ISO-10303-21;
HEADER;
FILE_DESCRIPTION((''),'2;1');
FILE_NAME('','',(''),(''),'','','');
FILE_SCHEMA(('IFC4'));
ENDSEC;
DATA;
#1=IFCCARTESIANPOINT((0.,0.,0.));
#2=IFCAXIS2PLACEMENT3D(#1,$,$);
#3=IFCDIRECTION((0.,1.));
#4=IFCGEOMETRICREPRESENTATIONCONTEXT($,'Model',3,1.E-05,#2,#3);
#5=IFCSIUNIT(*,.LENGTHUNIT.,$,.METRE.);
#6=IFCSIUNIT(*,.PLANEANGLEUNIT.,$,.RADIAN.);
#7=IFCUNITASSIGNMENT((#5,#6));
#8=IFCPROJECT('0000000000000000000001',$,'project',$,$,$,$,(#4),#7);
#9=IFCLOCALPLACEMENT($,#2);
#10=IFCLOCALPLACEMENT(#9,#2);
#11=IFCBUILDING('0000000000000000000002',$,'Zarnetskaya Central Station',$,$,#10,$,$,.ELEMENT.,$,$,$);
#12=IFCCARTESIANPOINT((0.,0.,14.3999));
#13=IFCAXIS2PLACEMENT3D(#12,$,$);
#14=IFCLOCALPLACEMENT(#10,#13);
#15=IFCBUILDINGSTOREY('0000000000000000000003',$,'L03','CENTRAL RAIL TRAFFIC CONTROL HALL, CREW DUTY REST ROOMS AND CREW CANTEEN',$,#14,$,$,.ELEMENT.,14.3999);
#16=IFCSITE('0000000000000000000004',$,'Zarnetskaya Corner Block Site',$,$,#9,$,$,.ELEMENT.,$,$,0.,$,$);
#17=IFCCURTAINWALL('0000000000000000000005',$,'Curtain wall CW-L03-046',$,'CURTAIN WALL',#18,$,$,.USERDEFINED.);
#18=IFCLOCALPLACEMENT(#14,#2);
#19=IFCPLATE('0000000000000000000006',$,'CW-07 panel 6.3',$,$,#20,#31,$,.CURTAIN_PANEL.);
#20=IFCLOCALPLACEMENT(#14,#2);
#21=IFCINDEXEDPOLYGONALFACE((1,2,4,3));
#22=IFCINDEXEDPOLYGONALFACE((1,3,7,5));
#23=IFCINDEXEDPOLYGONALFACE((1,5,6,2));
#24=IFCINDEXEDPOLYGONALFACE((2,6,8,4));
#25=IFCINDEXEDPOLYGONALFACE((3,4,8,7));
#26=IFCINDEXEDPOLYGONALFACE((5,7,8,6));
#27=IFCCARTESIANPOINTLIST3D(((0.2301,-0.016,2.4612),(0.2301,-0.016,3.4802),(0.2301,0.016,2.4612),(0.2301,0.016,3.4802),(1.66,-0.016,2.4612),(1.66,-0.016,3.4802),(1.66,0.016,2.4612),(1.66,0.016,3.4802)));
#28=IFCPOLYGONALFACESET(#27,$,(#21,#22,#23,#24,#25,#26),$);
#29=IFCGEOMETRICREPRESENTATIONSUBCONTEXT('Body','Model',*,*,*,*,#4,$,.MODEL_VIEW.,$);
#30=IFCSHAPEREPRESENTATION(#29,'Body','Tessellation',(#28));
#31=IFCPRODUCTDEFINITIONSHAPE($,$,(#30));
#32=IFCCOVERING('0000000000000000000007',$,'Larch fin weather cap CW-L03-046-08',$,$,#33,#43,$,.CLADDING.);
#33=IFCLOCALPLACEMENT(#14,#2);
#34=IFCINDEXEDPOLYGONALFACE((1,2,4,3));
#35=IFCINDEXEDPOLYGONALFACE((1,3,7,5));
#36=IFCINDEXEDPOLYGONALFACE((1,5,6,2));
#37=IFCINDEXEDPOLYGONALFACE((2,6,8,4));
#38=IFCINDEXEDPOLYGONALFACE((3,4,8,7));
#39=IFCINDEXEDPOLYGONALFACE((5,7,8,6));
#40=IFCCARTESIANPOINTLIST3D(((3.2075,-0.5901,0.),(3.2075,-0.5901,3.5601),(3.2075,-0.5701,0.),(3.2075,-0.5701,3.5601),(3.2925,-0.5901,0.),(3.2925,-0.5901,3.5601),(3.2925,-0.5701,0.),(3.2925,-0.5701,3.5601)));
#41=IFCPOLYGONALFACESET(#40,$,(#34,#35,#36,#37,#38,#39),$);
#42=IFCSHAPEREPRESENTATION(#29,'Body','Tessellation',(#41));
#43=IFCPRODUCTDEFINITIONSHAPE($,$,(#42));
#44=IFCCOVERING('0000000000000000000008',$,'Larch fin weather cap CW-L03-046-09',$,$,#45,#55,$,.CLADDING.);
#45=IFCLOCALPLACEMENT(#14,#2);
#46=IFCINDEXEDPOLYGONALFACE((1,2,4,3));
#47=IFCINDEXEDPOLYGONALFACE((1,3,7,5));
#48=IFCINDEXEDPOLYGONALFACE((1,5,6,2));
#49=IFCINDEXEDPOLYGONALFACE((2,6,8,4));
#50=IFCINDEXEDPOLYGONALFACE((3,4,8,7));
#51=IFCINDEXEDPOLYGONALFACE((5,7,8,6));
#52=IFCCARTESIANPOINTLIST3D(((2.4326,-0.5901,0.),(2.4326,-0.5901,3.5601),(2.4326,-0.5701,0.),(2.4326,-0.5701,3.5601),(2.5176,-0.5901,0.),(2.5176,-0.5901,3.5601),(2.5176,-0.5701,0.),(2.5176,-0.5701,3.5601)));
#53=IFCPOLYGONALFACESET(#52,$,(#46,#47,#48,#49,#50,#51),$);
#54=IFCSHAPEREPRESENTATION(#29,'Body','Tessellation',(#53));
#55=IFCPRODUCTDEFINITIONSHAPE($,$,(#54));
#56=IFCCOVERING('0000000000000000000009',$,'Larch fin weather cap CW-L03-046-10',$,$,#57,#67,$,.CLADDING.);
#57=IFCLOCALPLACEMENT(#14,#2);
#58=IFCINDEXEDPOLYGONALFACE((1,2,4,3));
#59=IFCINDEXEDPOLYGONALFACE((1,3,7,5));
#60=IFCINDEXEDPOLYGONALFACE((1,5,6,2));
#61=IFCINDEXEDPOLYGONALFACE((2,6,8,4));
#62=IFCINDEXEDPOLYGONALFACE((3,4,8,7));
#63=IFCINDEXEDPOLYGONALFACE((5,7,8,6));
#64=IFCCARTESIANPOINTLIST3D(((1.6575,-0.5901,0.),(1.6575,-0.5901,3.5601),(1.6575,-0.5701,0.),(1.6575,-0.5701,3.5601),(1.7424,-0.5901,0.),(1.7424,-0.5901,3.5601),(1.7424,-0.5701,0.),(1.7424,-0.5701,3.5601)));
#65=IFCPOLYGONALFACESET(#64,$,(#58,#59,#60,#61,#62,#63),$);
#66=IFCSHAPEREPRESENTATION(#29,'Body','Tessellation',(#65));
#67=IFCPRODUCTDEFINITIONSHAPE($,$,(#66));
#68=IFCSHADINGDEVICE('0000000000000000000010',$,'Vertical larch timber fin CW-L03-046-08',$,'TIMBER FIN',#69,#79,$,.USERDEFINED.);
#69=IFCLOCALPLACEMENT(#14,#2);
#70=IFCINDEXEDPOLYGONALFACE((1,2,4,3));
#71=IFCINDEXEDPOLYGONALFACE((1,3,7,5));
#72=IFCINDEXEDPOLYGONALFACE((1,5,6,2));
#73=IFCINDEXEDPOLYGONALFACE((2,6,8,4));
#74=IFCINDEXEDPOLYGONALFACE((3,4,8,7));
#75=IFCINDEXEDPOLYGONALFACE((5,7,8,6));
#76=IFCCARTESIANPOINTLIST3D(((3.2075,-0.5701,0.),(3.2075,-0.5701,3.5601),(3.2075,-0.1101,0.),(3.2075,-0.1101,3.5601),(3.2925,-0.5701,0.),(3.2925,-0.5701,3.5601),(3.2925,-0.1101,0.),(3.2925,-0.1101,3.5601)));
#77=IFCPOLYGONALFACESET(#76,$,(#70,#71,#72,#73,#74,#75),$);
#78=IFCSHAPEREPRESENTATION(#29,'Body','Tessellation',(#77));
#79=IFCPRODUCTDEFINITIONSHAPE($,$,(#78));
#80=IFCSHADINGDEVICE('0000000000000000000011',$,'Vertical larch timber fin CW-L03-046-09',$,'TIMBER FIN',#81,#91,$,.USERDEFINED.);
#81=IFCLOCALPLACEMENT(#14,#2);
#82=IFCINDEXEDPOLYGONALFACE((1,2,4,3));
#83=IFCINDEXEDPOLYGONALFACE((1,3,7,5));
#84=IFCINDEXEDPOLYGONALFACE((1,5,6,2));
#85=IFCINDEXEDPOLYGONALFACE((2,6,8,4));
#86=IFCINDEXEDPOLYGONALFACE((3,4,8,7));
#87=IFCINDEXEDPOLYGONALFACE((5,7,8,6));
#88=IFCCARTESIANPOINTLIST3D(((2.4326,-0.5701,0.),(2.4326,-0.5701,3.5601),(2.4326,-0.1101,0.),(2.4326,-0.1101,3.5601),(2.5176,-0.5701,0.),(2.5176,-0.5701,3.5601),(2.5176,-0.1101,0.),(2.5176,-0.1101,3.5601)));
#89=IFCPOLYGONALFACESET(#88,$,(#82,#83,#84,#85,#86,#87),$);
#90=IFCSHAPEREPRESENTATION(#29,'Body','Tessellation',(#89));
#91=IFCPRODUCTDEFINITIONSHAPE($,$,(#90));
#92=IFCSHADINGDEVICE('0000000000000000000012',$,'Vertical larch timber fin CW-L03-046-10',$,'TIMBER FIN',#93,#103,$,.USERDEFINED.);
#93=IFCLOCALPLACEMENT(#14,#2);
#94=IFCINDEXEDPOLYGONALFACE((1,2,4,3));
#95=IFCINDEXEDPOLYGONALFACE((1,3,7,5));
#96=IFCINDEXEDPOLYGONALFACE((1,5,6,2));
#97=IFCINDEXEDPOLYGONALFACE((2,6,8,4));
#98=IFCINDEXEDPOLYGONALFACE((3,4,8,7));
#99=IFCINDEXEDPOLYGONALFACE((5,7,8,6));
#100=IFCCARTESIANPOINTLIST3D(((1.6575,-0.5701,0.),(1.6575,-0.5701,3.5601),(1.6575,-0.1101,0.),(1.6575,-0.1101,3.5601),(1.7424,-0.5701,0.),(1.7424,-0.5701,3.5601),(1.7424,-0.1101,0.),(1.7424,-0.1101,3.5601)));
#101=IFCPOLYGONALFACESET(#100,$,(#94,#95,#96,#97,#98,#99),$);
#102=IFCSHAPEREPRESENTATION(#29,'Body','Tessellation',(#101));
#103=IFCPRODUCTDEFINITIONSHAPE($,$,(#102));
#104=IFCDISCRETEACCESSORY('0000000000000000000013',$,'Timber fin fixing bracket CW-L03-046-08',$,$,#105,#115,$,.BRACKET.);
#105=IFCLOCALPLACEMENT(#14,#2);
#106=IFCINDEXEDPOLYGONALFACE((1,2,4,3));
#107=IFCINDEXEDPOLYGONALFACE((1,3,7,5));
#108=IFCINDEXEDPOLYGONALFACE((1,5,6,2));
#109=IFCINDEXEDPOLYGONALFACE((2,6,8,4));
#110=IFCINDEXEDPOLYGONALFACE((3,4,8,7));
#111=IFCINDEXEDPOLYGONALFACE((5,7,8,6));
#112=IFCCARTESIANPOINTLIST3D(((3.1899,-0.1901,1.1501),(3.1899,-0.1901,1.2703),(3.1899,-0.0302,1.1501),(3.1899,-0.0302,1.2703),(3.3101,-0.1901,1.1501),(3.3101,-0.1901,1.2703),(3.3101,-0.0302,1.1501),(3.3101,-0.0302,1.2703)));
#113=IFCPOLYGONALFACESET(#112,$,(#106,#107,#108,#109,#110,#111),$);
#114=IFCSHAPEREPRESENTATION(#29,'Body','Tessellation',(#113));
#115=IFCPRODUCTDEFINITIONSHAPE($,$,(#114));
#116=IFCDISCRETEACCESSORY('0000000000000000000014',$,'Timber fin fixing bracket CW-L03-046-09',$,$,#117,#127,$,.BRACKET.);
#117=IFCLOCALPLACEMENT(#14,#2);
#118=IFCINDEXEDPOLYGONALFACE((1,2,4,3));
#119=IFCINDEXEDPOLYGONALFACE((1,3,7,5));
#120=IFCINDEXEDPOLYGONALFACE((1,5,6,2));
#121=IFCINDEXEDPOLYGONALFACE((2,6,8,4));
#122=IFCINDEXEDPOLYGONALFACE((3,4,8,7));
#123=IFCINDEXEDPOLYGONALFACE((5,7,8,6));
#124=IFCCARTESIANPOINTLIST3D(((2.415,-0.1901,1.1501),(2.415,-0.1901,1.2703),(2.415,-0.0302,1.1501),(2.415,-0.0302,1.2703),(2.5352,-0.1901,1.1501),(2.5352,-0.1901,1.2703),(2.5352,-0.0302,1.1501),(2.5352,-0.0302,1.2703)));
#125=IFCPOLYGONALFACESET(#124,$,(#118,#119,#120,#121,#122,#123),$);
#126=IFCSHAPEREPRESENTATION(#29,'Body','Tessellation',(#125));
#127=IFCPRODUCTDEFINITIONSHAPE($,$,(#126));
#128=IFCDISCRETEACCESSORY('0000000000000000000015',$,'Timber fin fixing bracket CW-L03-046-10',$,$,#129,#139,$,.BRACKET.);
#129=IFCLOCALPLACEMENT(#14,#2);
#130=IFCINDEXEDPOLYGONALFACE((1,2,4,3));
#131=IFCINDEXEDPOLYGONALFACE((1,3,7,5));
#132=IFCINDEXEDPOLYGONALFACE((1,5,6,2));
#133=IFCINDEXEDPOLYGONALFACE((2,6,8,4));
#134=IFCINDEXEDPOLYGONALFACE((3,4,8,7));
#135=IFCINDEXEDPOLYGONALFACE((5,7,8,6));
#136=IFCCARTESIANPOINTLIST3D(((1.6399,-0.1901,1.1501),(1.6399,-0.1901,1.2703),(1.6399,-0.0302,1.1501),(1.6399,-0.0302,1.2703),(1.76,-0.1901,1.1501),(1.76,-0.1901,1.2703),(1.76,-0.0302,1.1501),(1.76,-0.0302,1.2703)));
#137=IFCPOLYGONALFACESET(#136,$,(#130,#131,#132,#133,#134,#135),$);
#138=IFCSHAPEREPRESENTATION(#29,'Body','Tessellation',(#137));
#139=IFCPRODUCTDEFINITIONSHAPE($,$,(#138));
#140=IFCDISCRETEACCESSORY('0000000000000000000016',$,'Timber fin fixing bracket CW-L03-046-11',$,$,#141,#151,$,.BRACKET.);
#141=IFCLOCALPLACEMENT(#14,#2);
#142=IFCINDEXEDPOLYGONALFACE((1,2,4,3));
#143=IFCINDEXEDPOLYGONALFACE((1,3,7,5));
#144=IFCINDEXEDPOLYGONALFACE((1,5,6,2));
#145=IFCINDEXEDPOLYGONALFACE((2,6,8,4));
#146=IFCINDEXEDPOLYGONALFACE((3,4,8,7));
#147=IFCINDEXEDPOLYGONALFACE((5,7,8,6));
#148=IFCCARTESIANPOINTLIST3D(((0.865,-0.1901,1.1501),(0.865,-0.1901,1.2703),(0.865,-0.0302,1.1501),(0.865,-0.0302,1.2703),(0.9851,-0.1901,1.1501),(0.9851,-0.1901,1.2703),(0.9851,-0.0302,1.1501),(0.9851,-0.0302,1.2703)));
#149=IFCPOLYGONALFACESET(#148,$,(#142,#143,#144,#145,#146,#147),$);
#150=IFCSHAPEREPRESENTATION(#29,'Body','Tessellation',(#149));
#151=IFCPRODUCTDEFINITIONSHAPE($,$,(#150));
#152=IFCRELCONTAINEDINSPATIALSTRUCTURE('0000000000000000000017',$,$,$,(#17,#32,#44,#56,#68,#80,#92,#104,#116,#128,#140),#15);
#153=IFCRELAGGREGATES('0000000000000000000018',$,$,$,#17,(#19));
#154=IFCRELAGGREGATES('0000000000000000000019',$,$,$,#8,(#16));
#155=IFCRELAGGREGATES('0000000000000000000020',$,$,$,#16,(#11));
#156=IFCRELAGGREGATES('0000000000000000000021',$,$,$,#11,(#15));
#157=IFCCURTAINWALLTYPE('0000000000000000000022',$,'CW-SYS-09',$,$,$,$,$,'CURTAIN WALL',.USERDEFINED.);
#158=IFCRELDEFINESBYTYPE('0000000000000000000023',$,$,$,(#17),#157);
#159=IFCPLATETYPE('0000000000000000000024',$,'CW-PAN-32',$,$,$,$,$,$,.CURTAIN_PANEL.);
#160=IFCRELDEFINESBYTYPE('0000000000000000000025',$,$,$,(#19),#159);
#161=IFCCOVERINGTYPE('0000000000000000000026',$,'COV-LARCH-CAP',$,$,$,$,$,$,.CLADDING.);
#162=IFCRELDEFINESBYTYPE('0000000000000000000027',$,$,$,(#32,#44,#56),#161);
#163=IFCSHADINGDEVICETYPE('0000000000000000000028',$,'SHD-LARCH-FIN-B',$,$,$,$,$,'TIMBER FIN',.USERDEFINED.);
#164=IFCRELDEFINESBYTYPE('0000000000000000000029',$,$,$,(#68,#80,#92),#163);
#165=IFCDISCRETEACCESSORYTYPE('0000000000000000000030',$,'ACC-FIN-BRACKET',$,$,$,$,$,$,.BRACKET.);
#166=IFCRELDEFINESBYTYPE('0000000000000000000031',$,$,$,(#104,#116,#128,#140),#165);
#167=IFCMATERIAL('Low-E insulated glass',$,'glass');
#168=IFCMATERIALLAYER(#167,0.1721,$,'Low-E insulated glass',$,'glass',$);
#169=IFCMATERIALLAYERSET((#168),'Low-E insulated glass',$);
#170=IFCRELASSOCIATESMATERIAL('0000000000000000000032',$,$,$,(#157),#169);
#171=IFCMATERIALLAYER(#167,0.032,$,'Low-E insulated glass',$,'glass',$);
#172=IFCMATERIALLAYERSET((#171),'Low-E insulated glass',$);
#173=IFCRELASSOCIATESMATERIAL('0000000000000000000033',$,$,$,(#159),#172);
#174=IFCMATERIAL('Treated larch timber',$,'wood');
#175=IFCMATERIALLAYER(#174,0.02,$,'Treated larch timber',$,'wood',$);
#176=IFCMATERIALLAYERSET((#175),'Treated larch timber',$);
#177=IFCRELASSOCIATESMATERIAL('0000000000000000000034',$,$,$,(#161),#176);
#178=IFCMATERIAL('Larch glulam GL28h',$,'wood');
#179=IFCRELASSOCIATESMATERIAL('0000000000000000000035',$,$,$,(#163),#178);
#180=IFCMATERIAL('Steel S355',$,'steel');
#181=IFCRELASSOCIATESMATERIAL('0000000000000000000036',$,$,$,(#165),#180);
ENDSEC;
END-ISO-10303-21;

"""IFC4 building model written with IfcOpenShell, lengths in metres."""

from ifc_helpers import new_model, si_unit, direction, frame, origin, origin_2d, place, context, subcontext, project, spatial, rectangle, extrude, material, layer, layer_set, type_object, element, aggregate, save


model = new_model("IFC4")

# Units and contexts
model_context = context("Model", 3, precision=1e-05, world=origin(), true_north=direction((0.0, 1.0)))
body_context = subcontext(model_context, "Body", "Model", "MODEL_VIEW")
ifc_project = project(units=[si_unit("LENGTHUNIT", "METRE"), si_unit("PLANEANGLEUNIT", "RADIAN")], contexts=[model_context])

# Site, building, storey
site_placement = place(None, origin())
site = spatial("IfcSite", under=ifc_project, at=site_placement, Name="Zarnetskaya Corner Block Site", CompositionType="ELEMENT", RefElevation=0.0)
building_placement = place(site_placement, origin())
building = spatial("IfcBuilding", under=site, at=building_placement, Name="Zarnetskaya Central Station", CompositionType="ELEMENT")
storey_placement = place(building_placement, frame((0.0, 0.0, 14.3999)))
storey = spatial("IfcBuildingStorey", under=building, at=storey_placement, Name="L03", Description="CENTRAL RAIL TRAFFIC CONTROL HALL, CREW DUTY REST ROOMS AND CREW CANTEEN", CompositionType="ELEMENT", Elevation=14.3999)

# Curtain wall, plate
ifc_material_1 = material(Name="Low-E insulated glass", Category="glass")
ifc_layer_1 = layer(ifc_material_1, 0.1721, Name="Low-E insulated glass", Category="glass")
ifc_layer_set_1 = layer_set([ifc_layer_1], Name="Low-E insulated glass")
curtain_wall_type = type_object("IfcCurtainWallType", Name="CW-SYS-09", ElementType="CURTAIN WALL", PredefinedType="USERDEFINED", material=ifc_layer_set_1)
curtain_wall_placement = place(storey_placement, origin())
curtain_wall = element("IfcCurtainWall", 1, at=curtain_wall_placement, inside=storey, type_object=curtain_wall_type, Name="Curtain wall CW-L03-046", ObjectType="CURTAIN WALL", PredefinedType="USERDEFINED")
ifc_layer_2 = layer(ifc_material_1, 0.032, Name="Low-E insulated glass", Category="glass")
ifc_layer_set_2 = layer_set([ifc_layer_2], Name="Low-E insulated glass")
plate_type = type_object("IfcPlateType", Name="CW-PAN-32", PredefinedType="CURTAIN_PANEL", material=ifc_layer_set_2)
plate_1_placement = place(storey_placement, frame((0.9451, 0.0, 2.4612), z_axis=(0.0, 0.0, 1.0), x_axis=(-1.0, 0.0, 0.0)))
plate_1 = element("IfcPlate", 2, at=plate_1_placement, type_object=plate_type, Name="CW-07 panel 6.3", PredefinedType="CURTAIN_PANEL", context=body_context, shape_type="SweptSolid", body=[
    extrude(rectangle(XDim=1.4299, YDim=0.032, at=origin_2d()), origin(), (0.0, 0.0, 1.0), 1.019),
])
aggregate(curtain_wall, [plate_1])

# Coverings
ifc_material_2 = material(Name="Treated larch timber", Category="wood")
ifc_layer_3 = layer(ifc_material_2, 0.02, Name="Treated larch timber", Category="wood")
ifc_layer_set_3 = layer_set([ifc_layer_3], Name="Treated larch timber")
covering_type = type_object("IfcCoveringType", Name="COV-LARCH-CAP", PredefinedType="CLADDING", material=ifc_layer_set_3)
for number, where, z_axis, x_axis, name in (
    (3, (3.25, -0.5801, 0.0), (0.0, 0.0, 1.0), (-1.0, 0.0, 0.0), "Larch fin weather cap CW-L03-046-08"),
    (4, (2.4751, -0.5801, 0.0), (0.0, 0.0, 1.0), (-1.0, 0.0, 0.0), "Larch fin weather cap CW-L03-046-09"),
    (5, (1.7, -0.5801, 0.0), (0.0, 0.0, 1.0), (-1.0, 0.0, 0.0), "Larch fin weather cap CW-L03-046-10"),
):
    element("IfcCovering", number, at=place(storey_placement, frame(where, z_axis=z_axis, x_axis=x_axis)), inside=storey, type_object=covering_type, Name=name, PredefinedType="CLADDING", context=body_context, shape_type="SweptSolid", body=[
        extrude(rectangle(XDim=0.085, YDim=0.02, at=origin_2d()), origin(), (0.0, 0.0, 1.0), 3.5601),
    ])

# Shading devices
ifc_material_3 = material(Name="Larch glulam GL28h", Category="wood")
shading_device_type = type_object("IfcShadingDeviceType", Name="SHD-LARCH-FIN-B", ElementType="TIMBER FIN", PredefinedType="USERDEFINED", material=ifc_material_3)
for number, where, z_axis, x_axis, name in (
    (6, (3.25, -0.3401, 0.0), (0.0, 0.0, 1.0), (-1.0, 0.0, 0.0), "Vertical larch timber fin CW-L03-046-08"),
    (7, (2.4751, -0.3401, 0.0), (0.0, 0.0, 1.0), (-1.0, 0.0, 0.0), "Vertical larch timber fin CW-L03-046-09"),
    (8, (1.7, -0.3401, 0.0), (0.0, 0.0, 1.0), (-1.0, 0.0, 0.0), "Vertical larch timber fin CW-L03-046-10"),
):
    element("IfcShadingDevice", number, at=place(storey_placement, frame(where, z_axis=z_axis, x_axis=x_axis)), inside=storey, type_object=shading_device_type, Name=name, ObjectType="TIMBER FIN", PredefinedType="USERDEFINED", context=body_context, shape_type="SweptSolid", body=[
        extrude(rectangle(XDim=0.085, YDim=0.46, at=origin_2d()), origin(), (0.0, 0.0, 1.0), 3.5601),
    ])

# Discrete accessories
ifc_material_4 = material(Name="Steel S355", Category="steel")
discrete_accessory_type = type_object("IfcDiscreteAccessoryType", Name="ACC-FIN-BRACKET", PredefinedType="BRACKET", material=ifc_material_4)
for number, where, z_axis, x_axis, name in (
    (9, (3.25, -0.1101, 1.1501), (0.0, 0.0, 1.0), (-1.0, 0.0, 0.0), "Timber fin fixing bracket CW-L03-046-08"),
    (10, (2.4751, -0.1101, 1.1501), (0.0, 0.0, 1.0), (-1.0, 0.0, 0.0), "Timber fin fixing bracket CW-L03-046-09"),
    (11, (1.7, -0.1101, 1.1501), (0.0, 0.0, 1.0), (-1.0, 0.0, 0.0), "Timber fin fixing bracket CW-L03-046-10"),
    (12, (0.925, -0.1101, 1.1501), (0.0, 0.0, 1.0), (-1.0, 0.0, 0.0), "Timber fin fixing bracket CW-L03-046-11"),
):
    element("IfcDiscreteAccessory", number, at=place(storey_placement, frame(where, z_axis=z_axis, x_axis=x_axis)), inside=storey, type_object=discrete_accessory_type, Name=name, PredefinedType="BRACKET", context=body_context, shape_type="SweptSolid", body=[
        extrude(rectangle(XDim=0.1201, YDim=0.1599, at=origin_2d()), origin(), (0.0, 0.0, 1.0), 0.1201),
    ])

save(model, "model.ifc")
